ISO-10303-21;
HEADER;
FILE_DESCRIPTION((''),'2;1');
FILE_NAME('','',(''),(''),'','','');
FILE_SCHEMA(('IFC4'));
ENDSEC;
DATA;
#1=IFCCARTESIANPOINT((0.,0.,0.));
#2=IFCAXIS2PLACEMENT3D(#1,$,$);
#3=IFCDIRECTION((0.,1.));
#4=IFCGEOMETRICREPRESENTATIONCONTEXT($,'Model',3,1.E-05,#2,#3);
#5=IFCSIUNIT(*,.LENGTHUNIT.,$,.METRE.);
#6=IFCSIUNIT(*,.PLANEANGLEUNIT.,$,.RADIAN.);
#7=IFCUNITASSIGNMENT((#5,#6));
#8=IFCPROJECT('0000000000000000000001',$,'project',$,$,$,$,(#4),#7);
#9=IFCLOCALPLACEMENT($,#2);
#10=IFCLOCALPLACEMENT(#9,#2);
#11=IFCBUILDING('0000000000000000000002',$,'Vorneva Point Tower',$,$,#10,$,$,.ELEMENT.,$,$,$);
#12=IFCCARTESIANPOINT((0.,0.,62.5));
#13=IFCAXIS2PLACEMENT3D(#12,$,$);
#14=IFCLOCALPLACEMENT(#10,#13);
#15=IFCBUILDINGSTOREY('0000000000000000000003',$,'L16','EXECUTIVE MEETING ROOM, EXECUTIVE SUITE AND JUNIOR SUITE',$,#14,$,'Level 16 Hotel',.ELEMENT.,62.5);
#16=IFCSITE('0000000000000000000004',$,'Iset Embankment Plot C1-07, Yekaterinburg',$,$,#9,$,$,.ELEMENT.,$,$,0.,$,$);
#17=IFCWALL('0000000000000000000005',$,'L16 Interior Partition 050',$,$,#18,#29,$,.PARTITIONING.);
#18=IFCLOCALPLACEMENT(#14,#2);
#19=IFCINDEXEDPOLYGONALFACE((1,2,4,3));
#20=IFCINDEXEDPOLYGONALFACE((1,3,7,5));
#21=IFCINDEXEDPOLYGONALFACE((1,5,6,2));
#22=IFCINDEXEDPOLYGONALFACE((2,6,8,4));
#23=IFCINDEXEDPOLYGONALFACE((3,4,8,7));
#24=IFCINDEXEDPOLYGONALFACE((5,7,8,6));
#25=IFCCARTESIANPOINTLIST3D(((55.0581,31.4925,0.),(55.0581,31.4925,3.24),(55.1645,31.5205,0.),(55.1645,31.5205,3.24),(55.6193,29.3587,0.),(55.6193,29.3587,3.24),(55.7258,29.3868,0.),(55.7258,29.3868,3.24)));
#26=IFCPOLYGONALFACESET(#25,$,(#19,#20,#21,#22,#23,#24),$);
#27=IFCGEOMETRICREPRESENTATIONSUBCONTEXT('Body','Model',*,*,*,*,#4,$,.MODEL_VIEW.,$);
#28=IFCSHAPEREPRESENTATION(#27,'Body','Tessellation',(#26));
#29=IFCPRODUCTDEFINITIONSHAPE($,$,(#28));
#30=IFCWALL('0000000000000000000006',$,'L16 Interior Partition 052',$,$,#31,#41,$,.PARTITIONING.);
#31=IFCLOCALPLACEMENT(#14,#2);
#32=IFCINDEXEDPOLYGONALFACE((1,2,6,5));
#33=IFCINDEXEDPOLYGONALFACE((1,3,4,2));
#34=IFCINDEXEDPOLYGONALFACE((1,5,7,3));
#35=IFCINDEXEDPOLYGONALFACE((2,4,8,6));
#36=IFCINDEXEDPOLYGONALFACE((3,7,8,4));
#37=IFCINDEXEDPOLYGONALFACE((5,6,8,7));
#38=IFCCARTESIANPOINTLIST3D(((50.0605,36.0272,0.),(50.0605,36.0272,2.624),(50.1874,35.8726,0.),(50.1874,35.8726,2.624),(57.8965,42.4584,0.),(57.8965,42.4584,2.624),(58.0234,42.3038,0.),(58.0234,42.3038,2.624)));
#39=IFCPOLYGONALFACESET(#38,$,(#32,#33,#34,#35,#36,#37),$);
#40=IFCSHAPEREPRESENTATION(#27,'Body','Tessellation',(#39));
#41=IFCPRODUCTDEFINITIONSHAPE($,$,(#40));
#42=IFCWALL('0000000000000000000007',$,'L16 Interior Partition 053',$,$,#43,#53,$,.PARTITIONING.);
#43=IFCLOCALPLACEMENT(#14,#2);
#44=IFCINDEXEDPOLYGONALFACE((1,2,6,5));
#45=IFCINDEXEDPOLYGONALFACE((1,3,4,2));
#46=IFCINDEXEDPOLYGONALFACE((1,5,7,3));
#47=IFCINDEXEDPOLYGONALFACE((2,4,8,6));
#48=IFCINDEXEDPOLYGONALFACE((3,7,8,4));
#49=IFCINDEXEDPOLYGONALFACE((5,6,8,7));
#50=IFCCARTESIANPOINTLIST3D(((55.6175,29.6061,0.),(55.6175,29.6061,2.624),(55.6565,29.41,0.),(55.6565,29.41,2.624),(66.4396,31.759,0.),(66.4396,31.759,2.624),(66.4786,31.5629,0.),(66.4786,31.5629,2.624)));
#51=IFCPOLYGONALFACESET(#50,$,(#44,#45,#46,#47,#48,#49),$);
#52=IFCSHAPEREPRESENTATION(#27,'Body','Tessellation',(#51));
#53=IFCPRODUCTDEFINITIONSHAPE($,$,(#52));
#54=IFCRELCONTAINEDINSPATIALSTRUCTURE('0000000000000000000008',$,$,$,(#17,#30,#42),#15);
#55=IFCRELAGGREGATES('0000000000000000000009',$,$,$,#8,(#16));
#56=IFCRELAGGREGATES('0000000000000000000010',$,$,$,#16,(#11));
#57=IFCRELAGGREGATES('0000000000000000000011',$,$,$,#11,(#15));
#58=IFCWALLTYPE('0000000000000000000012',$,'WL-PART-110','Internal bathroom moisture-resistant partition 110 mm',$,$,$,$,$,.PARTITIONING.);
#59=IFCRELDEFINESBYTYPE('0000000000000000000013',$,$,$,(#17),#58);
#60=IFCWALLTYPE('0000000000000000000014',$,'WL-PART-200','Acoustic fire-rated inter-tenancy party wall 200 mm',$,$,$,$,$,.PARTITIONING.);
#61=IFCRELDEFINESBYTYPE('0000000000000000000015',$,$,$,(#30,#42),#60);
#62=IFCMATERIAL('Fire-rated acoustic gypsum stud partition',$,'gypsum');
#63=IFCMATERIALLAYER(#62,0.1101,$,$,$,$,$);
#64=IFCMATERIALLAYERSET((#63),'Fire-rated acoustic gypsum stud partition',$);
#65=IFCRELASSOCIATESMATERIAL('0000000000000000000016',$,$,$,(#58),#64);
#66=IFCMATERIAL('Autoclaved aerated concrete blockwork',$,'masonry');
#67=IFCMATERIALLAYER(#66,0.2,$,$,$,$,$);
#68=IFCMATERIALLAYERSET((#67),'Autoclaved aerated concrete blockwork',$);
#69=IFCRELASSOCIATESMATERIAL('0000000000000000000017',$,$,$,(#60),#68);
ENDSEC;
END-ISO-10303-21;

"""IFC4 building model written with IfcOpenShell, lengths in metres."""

from ifc_helpers import new_model, si_unit, direction, frame, frame_2d, origin, place, context, subcontext, project, spatial, rectangle, extrude, material, layer, layer_set, type_object, element, save


model = new_model("IFC4")

# Units and contexts
model_context = context("Model", 3, precision=1e-05, world=origin(), true_north=direction((0.0, 1.0)))
body_context = subcontext(model_context, "Body", "Model", "MODEL_VIEW")
ifc_project = project(units=[si_unit("LENGTHUNIT", "METRE"), si_unit("PLANEANGLEUNIT", "RADIAN")], contexts=[model_context])

# Site, building, storey
site_placement = place(None, origin())
site = spatial("IfcSite", under=ifc_project, at=site_placement, Name="Iset Embankment Plot C1-07, Yekaterinburg", CompositionType="ELEMENT", RefElevation=0.0)
building_placement = place(site_placement, origin())
building = spatial("IfcBuilding", under=site, at=building_placement, Name="Vorneva Point Tower", CompositionType="ELEMENT")
storey_placement = place(building_placement, frame((0.0, 0.0, 62.5)))
storey = spatial("IfcBuildingStorey", under=building, at=storey_placement, Name="L16", Description="EXECUTIVE MEETING ROOM, EXECUTIVE SUITE AND JUNIOR SUITE", LongName="Level 16 Hotel", CompositionType="ELEMENT", Elevation=62.5)

# Walls
ifc_material_1 = material(Name="Fire-rated acoustic gypsum stud partition", Category="gypsum")
ifc_layer_1 = layer(ifc_material_1, 0.1101)
ifc_layer_set_1 = layer_set([ifc_layer_1], Name="Fire-rated acoustic gypsum stud partition")
wall_type_1 = type_object("IfcWallType", Name="WL-PART-110", Description="Internal bathroom moisture-resistant partition 110 mm", PredefinedType="PARTITIONING", material=ifc_layer_set_1)
wall_1_placement = place(storey_placement, frame((55.1113, 31.5063, 0.0), z_axis=(0.0, 0.0, 1.0), x_axis=(0.25439, -0.967102, 0.0)))
element("IfcWall", 1, at=wall_1_placement, inside=storey, type_object=wall_type_1, Name="L16 Interior Partition 050", PredefinedType="PARTITIONING", context=body_context, shape_type="SweptSolid", body=[
    extrude(rectangle(XDim=2.2063, YDim=0.1101, at=frame_2d((1.103, 0.0))), origin(), (0.0, 0.0, 1.0), 3.24),
])
ifc_material_2 = material(Name="Autoclaved aerated concrete blockwork", Category="masonry")
ifc_layer_2 = layer(ifc_material_2, 0.2)
ifc_layer_set_2 = layer_set([ifc_layer_2], Name="Autoclaved aerated concrete blockwork")
wall_type_2 = type_object("IfcWallType", Name="WL-PART-200", Description="Acoustic fire-rated inter-tenancy party wall 200 mm", PredefinedType="PARTITIONING", material=ifc_layer_set_2)
wall_2_placement = place(storey_placement, frame((57.96, 42.3811, 0.0), z_axis=(0.0, 0.0, 1.0), x_axis=(-0.772993, -0.634415, 0.0)))
element("IfcWall", 2, at=wall_2_placement, inside=storey, type_object=wall_type_2, Name="L16 Interior Partition 052", PredefinedType="PARTITIONING", context=body_context, shape_type="SweptSolid", body=[
    extrude(rectangle(XDim=10.1372, YDim=0.2, at=frame_2d((5.0686, 0.0))), origin(), (0.0, 0.0, 1.0), 2.624),
])
wall_3_placement = place(storey_placement, frame((55.637, 29.5081, 0.0), z_axis=(0.0, 0.0, 1.0), x_axis=(0.980782, 0.195108, 0.0)))
element("IfcWall", 3, at=wall_3_placement, inside=storey, type_object=wall_type_2, Name="L16 Interior Partition 053", PredefinedType="PARTITIONING", context=body_context, shape_type="SweptSolid", body=[
    extrude(rectangle(XDim=11.0342, YDim=0.2, at=frame_2d((5.5171, 0.0))), origin(), (0.0, 0.0, 1.0), 2.624),
])

save(model, "model.ifc")
